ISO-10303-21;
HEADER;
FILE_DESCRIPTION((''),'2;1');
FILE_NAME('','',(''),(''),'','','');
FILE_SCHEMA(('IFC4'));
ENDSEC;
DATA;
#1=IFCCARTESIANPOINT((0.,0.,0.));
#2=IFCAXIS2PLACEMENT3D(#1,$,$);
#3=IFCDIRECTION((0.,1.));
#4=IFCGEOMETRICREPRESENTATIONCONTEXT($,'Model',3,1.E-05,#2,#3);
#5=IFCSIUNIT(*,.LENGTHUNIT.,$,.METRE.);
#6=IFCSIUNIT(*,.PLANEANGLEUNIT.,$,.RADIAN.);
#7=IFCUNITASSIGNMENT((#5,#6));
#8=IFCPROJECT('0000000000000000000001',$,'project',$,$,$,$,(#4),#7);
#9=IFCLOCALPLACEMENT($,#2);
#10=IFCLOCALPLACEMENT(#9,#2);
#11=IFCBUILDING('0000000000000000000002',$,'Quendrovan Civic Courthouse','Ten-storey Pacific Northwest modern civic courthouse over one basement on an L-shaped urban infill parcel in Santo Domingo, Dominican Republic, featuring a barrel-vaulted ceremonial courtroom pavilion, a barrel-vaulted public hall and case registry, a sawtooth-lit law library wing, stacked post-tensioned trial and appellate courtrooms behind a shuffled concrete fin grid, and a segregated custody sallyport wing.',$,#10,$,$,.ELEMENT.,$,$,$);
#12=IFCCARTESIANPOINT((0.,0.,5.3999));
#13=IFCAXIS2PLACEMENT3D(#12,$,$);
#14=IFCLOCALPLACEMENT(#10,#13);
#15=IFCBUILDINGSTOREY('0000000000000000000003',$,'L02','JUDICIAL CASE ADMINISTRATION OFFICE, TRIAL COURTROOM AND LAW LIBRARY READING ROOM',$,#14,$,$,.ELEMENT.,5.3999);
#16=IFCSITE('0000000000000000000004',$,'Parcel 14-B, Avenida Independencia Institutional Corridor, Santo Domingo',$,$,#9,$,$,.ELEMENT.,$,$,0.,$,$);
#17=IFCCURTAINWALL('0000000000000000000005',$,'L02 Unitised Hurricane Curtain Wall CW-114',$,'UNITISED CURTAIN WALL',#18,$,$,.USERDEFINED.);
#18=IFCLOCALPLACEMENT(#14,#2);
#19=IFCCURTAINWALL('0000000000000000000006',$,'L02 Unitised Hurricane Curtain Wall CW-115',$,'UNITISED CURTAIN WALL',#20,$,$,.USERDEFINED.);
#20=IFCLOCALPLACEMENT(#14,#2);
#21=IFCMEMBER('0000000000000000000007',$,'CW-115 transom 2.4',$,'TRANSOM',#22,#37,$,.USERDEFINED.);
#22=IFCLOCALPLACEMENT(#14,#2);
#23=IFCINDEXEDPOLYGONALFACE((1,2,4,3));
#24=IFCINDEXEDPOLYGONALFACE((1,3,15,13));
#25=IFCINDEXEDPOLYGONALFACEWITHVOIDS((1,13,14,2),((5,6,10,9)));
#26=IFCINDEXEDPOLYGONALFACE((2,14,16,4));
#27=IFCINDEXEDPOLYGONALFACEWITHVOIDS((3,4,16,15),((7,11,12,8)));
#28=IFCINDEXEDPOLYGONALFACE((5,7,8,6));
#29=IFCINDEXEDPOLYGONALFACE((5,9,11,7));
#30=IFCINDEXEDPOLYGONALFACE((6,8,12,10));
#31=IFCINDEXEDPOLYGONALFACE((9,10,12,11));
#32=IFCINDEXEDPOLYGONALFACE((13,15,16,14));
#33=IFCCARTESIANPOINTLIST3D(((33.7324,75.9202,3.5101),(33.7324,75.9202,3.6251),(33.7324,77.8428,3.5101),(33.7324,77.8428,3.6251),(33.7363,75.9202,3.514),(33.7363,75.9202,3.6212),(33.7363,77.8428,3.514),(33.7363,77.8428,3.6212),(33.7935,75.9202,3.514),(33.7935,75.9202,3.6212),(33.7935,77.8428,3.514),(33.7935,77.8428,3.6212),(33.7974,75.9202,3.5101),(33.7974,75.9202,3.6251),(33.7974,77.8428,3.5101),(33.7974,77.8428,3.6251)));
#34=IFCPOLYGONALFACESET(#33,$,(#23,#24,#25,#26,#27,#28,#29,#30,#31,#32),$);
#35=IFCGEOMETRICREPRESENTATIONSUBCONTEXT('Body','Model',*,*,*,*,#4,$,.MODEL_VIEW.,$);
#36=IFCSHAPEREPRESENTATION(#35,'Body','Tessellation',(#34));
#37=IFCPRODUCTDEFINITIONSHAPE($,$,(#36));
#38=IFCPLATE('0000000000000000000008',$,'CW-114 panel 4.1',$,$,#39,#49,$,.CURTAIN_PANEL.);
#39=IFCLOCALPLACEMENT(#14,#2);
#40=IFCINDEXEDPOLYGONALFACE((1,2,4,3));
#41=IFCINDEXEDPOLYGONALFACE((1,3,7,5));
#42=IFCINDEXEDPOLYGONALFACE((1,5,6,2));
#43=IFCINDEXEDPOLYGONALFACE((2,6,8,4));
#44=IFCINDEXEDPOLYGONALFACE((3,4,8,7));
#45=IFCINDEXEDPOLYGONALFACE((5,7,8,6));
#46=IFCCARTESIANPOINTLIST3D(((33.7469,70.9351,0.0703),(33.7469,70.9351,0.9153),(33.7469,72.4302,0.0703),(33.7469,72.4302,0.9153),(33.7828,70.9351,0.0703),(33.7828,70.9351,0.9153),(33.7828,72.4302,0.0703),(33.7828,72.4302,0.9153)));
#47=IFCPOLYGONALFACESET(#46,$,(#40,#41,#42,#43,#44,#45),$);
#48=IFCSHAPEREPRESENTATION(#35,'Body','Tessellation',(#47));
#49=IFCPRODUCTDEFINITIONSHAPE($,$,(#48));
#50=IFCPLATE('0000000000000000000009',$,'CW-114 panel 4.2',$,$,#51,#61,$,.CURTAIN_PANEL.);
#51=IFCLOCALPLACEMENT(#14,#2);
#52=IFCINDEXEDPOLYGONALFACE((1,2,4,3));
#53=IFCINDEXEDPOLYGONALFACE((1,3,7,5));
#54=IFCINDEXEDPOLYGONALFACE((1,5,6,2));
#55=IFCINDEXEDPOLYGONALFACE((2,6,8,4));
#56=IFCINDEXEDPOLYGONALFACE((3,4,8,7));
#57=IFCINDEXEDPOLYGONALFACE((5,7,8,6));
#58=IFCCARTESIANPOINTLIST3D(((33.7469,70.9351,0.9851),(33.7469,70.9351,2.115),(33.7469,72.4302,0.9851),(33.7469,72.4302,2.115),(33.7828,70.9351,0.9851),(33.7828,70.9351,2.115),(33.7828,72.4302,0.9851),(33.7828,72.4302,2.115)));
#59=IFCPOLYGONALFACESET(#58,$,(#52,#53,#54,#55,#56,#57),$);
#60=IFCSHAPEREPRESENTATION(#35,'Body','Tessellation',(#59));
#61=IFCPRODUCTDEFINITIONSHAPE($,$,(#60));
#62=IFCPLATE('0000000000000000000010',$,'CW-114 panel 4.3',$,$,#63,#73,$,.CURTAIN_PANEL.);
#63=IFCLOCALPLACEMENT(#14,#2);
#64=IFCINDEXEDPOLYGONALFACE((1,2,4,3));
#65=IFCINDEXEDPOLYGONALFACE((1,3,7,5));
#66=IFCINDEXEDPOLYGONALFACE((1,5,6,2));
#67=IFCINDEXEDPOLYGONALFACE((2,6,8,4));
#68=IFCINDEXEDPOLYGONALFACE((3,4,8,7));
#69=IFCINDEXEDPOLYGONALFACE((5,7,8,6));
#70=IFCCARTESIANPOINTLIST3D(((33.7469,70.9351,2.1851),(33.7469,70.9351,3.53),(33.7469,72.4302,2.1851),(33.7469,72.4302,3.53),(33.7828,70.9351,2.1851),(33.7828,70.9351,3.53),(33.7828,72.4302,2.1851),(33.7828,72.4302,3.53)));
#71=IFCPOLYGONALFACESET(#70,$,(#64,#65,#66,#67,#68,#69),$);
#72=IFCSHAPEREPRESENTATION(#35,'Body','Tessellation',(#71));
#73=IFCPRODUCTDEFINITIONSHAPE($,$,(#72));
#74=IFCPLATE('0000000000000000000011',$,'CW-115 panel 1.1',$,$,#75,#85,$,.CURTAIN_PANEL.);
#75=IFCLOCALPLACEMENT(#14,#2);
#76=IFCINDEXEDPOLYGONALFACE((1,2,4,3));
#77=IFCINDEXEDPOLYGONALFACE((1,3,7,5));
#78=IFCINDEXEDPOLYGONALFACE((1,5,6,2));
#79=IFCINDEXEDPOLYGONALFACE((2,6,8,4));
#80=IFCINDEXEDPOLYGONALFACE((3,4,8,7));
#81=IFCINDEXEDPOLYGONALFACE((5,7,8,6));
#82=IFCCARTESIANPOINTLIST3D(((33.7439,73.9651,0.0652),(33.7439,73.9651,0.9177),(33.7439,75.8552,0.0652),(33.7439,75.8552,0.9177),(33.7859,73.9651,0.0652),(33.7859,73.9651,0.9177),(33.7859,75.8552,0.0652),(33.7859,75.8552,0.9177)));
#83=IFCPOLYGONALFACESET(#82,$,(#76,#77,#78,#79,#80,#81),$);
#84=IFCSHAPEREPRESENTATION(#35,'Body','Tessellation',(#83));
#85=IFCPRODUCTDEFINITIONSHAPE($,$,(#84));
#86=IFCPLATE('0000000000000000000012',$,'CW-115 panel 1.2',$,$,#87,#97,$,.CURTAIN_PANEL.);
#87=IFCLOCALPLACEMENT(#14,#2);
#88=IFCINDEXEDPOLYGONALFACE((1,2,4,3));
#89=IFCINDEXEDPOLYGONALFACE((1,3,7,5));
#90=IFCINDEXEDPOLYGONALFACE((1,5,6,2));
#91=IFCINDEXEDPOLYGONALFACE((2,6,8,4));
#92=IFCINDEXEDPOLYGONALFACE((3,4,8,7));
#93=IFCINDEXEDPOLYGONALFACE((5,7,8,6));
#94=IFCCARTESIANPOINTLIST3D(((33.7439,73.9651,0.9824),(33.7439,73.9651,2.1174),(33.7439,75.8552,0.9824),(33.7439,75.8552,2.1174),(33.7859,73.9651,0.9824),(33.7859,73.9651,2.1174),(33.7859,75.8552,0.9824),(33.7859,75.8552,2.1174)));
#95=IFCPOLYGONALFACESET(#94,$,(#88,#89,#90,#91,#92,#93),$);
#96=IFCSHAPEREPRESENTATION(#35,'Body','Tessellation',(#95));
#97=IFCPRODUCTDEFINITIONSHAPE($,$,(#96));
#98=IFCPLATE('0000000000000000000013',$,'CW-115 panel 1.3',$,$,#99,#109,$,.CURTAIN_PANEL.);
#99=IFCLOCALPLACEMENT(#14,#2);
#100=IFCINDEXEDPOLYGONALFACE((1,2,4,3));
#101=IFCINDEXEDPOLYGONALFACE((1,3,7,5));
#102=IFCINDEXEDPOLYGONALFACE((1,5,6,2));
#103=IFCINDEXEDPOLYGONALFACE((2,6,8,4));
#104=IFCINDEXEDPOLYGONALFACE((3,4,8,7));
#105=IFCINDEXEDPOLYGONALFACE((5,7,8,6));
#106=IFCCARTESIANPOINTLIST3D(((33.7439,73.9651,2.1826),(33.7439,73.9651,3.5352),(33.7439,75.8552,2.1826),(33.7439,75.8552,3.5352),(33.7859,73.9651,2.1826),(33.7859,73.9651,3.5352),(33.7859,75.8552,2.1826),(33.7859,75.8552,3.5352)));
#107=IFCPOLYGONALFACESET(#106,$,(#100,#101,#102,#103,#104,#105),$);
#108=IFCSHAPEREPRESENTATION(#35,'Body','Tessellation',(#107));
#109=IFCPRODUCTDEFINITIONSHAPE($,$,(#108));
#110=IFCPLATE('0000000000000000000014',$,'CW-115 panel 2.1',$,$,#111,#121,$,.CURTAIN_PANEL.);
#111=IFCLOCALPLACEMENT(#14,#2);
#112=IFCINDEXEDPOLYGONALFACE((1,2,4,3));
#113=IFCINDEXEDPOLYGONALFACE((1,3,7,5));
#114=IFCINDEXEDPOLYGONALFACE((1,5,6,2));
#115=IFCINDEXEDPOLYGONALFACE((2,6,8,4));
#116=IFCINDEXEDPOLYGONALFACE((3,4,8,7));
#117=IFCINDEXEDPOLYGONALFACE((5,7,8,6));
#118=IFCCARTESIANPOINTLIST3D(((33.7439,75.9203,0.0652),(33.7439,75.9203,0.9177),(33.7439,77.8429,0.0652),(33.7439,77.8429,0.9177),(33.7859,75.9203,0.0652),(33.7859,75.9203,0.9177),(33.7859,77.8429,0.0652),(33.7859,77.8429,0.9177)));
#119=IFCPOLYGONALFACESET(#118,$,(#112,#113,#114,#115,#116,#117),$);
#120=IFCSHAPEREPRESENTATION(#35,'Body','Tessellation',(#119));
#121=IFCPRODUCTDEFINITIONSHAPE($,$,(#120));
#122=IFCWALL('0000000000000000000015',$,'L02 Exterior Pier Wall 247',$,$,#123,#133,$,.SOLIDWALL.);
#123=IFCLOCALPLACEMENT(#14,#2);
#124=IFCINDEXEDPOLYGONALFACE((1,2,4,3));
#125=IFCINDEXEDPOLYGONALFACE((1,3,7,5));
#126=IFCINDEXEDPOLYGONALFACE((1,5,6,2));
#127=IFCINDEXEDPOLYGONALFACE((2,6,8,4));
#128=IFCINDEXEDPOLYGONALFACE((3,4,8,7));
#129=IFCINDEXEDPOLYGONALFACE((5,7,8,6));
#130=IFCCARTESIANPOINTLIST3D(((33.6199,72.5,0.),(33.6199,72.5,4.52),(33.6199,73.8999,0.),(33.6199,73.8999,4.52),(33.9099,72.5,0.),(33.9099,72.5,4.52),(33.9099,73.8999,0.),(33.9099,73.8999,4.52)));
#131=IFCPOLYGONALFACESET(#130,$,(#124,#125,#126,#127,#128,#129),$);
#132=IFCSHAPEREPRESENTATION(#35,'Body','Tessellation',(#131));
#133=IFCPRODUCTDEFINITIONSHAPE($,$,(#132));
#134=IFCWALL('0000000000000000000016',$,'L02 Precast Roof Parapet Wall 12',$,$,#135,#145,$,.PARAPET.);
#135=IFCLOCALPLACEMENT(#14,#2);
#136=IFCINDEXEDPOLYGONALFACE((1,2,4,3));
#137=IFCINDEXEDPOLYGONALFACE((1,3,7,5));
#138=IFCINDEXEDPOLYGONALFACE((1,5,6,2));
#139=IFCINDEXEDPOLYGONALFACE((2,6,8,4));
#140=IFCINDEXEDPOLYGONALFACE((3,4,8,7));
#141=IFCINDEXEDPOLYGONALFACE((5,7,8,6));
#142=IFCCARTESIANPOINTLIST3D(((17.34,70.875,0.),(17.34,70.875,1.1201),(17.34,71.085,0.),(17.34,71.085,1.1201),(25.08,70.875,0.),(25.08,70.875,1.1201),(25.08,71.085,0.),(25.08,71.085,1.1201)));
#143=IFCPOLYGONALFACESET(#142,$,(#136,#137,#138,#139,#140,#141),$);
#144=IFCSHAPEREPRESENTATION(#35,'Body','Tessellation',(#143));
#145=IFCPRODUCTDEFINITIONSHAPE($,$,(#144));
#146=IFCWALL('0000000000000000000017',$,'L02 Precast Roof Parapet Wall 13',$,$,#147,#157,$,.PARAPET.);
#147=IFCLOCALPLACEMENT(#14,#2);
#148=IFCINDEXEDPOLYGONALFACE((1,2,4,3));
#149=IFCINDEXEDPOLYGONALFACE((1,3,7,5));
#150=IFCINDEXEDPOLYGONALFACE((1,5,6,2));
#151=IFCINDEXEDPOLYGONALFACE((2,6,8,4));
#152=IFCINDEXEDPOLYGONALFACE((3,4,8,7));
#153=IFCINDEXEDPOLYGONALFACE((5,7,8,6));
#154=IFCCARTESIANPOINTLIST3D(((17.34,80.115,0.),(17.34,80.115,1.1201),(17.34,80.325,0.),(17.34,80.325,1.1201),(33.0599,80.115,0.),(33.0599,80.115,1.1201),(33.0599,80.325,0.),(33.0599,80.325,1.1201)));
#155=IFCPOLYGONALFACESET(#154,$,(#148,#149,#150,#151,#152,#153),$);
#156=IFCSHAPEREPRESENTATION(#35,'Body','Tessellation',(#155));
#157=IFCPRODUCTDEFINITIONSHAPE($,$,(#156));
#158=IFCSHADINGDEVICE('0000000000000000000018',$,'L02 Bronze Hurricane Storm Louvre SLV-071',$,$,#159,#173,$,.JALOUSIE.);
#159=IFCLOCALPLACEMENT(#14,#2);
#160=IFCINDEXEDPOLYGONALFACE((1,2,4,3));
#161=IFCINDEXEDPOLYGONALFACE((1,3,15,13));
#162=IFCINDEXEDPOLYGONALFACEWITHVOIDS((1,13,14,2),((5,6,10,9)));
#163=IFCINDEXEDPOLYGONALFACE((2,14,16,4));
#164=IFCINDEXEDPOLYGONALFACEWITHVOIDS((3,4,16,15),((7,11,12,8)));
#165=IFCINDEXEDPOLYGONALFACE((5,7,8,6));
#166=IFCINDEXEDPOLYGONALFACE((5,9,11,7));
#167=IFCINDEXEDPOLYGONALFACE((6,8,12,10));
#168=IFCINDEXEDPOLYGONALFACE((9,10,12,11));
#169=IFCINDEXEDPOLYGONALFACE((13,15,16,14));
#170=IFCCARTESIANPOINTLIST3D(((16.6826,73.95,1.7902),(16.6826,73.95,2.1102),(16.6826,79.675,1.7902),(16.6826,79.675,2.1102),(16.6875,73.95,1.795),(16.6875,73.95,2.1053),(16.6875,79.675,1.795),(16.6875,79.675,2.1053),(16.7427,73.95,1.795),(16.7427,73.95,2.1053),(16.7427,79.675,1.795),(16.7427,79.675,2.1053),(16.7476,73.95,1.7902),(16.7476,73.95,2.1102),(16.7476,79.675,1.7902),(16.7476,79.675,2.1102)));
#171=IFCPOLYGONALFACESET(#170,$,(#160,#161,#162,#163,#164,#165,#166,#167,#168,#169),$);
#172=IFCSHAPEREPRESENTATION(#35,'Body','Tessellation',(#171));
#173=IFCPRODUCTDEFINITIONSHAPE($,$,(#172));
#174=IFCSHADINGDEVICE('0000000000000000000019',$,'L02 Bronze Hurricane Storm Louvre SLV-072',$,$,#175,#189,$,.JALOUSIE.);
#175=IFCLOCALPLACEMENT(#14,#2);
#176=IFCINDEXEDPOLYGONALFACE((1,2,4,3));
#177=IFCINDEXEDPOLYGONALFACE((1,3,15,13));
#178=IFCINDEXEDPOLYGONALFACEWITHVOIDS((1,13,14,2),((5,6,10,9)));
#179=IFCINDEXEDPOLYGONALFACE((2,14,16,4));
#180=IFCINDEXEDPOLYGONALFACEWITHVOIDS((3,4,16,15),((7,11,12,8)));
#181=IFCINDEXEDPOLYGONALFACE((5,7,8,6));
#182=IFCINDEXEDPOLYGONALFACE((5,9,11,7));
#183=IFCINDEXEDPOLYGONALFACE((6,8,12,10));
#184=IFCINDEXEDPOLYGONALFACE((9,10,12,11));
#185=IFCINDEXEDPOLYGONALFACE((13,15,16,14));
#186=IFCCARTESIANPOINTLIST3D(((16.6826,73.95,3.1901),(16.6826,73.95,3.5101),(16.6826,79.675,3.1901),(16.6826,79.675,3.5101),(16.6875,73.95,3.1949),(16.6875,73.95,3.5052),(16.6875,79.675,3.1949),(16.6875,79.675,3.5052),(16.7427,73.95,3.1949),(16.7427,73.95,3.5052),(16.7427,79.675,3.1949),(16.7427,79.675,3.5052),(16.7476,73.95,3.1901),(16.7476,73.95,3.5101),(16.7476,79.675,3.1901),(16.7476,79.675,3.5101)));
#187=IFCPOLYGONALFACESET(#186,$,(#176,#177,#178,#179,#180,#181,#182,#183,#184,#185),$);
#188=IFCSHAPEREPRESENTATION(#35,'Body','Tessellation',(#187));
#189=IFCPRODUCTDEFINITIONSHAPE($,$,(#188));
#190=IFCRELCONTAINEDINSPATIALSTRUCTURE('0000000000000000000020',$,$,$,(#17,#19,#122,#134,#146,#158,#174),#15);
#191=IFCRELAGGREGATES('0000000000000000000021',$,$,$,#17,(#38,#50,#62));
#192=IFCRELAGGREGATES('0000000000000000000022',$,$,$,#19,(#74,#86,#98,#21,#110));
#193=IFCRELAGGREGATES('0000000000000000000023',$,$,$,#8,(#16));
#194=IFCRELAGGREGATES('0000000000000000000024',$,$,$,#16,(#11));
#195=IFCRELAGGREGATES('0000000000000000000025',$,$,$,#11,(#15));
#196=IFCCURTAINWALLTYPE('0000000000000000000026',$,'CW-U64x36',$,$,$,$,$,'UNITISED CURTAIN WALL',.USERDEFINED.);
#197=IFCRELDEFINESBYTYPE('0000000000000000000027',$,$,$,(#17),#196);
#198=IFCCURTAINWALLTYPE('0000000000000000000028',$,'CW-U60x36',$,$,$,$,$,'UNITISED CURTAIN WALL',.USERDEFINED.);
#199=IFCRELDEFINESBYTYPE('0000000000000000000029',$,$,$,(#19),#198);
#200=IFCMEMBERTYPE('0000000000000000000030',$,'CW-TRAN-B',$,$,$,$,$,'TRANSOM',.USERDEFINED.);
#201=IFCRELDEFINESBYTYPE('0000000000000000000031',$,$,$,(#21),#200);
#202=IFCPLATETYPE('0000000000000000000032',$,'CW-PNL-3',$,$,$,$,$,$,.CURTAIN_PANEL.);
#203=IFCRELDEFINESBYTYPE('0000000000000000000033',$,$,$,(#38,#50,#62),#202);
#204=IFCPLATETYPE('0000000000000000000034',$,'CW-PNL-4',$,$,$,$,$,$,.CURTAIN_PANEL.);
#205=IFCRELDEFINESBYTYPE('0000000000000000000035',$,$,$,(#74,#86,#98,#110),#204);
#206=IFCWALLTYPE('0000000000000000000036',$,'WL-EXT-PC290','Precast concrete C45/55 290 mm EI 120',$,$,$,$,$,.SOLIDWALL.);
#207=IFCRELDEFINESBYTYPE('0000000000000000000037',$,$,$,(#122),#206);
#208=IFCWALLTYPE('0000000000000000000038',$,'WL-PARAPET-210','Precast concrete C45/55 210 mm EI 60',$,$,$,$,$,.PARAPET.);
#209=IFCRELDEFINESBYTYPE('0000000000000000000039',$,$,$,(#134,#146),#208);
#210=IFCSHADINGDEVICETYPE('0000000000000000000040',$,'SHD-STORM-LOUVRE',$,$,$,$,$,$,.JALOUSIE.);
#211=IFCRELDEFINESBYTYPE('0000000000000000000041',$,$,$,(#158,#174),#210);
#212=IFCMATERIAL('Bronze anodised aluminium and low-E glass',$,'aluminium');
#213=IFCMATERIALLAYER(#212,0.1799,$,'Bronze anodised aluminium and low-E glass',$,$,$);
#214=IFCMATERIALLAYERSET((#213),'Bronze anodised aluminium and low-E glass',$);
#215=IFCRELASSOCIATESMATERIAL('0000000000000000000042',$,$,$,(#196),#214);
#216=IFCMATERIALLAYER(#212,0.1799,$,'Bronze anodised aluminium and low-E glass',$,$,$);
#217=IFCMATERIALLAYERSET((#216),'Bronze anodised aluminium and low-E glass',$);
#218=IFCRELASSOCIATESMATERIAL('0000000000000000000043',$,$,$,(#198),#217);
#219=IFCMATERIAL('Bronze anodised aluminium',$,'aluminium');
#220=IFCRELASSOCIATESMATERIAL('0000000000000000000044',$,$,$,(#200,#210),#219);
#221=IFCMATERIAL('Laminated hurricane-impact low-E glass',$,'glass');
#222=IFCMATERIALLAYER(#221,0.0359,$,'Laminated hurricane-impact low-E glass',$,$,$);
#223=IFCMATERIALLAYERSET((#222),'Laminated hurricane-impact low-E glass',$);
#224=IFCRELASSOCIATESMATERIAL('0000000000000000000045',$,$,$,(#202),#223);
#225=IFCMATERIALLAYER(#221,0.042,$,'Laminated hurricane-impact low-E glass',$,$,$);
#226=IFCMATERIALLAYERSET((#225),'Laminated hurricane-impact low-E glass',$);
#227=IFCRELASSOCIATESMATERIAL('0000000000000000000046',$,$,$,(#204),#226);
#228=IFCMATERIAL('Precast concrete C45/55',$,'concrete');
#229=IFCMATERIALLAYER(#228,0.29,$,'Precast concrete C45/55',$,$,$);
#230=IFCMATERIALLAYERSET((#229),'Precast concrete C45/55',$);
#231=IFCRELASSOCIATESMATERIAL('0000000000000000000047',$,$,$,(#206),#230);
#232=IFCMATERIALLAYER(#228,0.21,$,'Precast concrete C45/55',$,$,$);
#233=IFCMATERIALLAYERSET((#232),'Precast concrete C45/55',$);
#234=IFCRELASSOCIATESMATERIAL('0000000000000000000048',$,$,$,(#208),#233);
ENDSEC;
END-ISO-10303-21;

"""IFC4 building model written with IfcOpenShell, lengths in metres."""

from ifc_helpers import new_model, si_unit, direction, frame, frame_2d, origin, origin_2d, place, context, subcontext, project, spatial, rectangle, hollow_rectangle, extrude, material, layer, layer_set, material_profile, profile_set, type_object, element, aggregate, save


model = new_model("IFC4")

# Units and contexts
model_context = context("Model", 3, precision=1e-05, world=origin(), true_north=direction((0.0, 1.0)))
body_context = subcontext(model_context, "Body", "Model", "MODEL_VIEW")
ifc_project = project(units=[si_unit("LENGTHUNIT", "METRE"), si_unit("PLANEANGLEUNIT", "RADIAN")], contexts=[model_context])

# Site, building, storey
site_placement = place(None, origin())
site = spatial("IfcSite", under=ifc_project, at=site_placement, Name="Parcel 14-B, Avenida Independencia Institutional Corridor, Santo Domingo", CompositionType="ELEMENT", RefElevation=0.0)
building_placement = place(site_placement, origin())
building = spatial("IfcBuilding", under=site, at=building_placement, Name="Quendrovan Civic Courthouse", Description="Ten-storey Pacific Northwest modern civic courthouse over one basement on an L-shaped urban infill parcel in Santo Domingo, Dominican Republic, featuring a barrel-vaulted ceremonial courtroom pavilion, a barrel-vaulted public hall and case registry, a sawtooth-lit law library wing, stacked post-tensioned trial and appellate courtrooms behind a shuffled concrete fin grid, and a segregated custody sallyport wing.", CompositionType="ELEMENT")
storey_placement = place(building_placement, frame((0.0, 0.0, 5.3999)))
storey = spatial("IfcBuildingStorey", under=building, at=storey_placement, Name="L02", Description="JUDICIAL CASE ADMINISTRATION OFFICE, TRIAL COURTROOM AND LAW LIBRARY READING ROOM", CompositionType="ELEMENT", Elevation=5.3999)

# Curtain wall
ifc_material_1 = material(Name="Bronze anodised aluminium and low-E glass", Category="aluminium")
ifc_layer_1 = layer(ifc_material_1, 0.1799, Name="Bronze anodised aluminium and low-E glass")
ifc_layer_set_1 = layer_set([ifc_layer_1], Name="Bronze anodised aluminium and low-E glass")
curtain_wall_type_1 = type_object("IfcCurtainWallType", Name="CW-U64x36", ElementType="UNITISED CURTAIN WALL", PredefinedType="USERDEFINED", material=ifc_layer_set_1)
curtain_wall_1_placement = place(storey_placement, origin())
curtain_wall_1 = element("IfcCurtainWall", 1, at=curtain_wall_1_placement, inside=storey, type_object=curtain_wall_type_1, Name="L02 Unitised Hurricane Curtain Wall CW-114", ObjectType="UNITISED CURTAIN WALL", PredefinedType="USERDEFINED")
ifc_material_2 = material(Name="Bronze anodised aluminium", Category="aluminium")

# Curtain wall
ifc_layer_2 = layer(ifc_material_1, 0.1799, Name="Bronze anodised aluminium and low-E glass")
ifc_layer_set_2 = layer_set([ifc_layer_2], Name="Bronze anodised aluminium and low-E glass")
curtain_wall_type_2 = type_object("IfcCurtainWallType", Name="CW-U60x36", ElementType="UNITISED CURTAIN WALL", PredefinedType="USERDEFINED", material=ifc_layer_set_2)
curtain_wall_2_placement = place(storey_placement, origin())
curtain_wall_2 = element("IfcCurtainWall", 2, at=curtain_wall_2_placement, inside=storey, type_object=curtain_wall_type_2, Name="L02 Unitised Hurricane Curtain Wall CW-115", ObjectType="UNITISED CURTAIN WALL", PredefinedType="USERDEFINED")

# Member
ifc_material_profile_1 = material_profile(ifc_material_2, hollow_rectangle(XDim=0.0649, YDim=0.115, WallThickness=0.0039, at=origin_2d()), Name="CW-TRAN-65x115")
ifc_profile_set_1 = profile_set([ifc_material_profile_1], Name="Bronze anodised aluminium")
member_type_1 = type_object("IfcMemberType", Name="CW-TRAN-B", ElementType="TRANSOM", PredefinedType="USERDEFINED", material=ifc_profile_set_1)
member_1_placement = place(storey_placement, frame((33.7649, 75.9202, 3.5676), z_axis=(0.0, 1.0, 0.0), x_axis=(-1.0, 0.0, 0.0)))
member_1 = element("IfcMember", 3, at=member_1_placement, type_object=member_type_1, Name="CW-115 transom 2.4", ObjectType="TRANSOM", PredefinedType="USERDEFINED", context=body_context, shape_type="SweptSolid", body=[
    extrude(hollow_rectangle(XDim=0.0649, YDim=0.115, WallThickness=0.0039, at=origin_2d()), origin(), (0.0, 0.0, 1.0), 1.9226),
])

# Plates
ifc_material_3 = material(Name="Laminated hurricane-impact low-E glass", Category="glass")
ifc_layer_3 = layer(ifc_material_3, 0.0359, Name="Laminated hurricane-impact low-E glass")
ifc_layer_set_3 = layer_set([ifc_layer_3], Name="Laminated hurricane-impact low-E glass")
plate_type_1 = type_object("IfcPlateType", Name="CW-PNL-3", PredefinedType="CURTAIN_PANEL", material=ifc_layer_set_3)
plate_1_placement = place(storey_placement, frame((33.7649, 71.6826, 0.0703), z_axis=(0.0, 0.0, 1.0), x_axis=(0.0, 1.0, 0.0)))
plate_1 = element("IfcPlate", 4, at=plate_1_placement, type_object=plate_type_1, Name="CW-114 panel 4.1", PredefinedType="CURTAIN_PANEL", context=body_context, shape_type="SweptSolid", body=[
    extrude(rectangle(XDim=1.4951, YDim=0.0359, at=origin_2d()), origin(), (0.0, 0.0, 1.0), 0.845),
])
plate_2_placement = place(storey_placement, frame((33.7649, 71.6826, 0.9851), z_axis=(0.0, 0.0, 1.0), x_axis=(0.0, 1.0, 0.0)))
plate_2 = element("IfcPlate", 5, at=plate_2_placement, type_object=plate_type_1, Name="CW-114 panel 4.2", PredefinedType="CURTAIN_PANEL", context=body_context, shape_type="SweptSolid", body=[
    extrude(rectangle(XDim=1.4951, YDim=0.0359, at=origin_2d()), origin(), (0.0, 0.0, 1.0), 1.1299),
])
plate_3_placement = place(storey_placement, frame((33.7649, 71.6826, 2.1851), z_axis=(0.0, 0.0, 1.0), x_axis=(0.0, 1.0, 0.0)))
plate_3 = element("IfcPlate", 6, at=plate_3_placement, type_object=plate_type_1, Name="CW-114 panel 4.3", PredefinedType="CURTAIN_PANEL", context=body_context, shape_type="SweptSolid", body=[
    extrude(rectangle(XDim=1.4951, YDim=0.0359, at=origin_2d()), origin(), (0.0, 0.0, 1.0), 1.345),
])
aggregate(curtain_wall_1, [plate_1, plate_2, plate_3])
ifc_layer_4 = layer(ifc_material_3, 0.042, Name="Laminated hurricane-impact low-E glass")
ifc_layer_set_4 = layer_set([ifc_layer_4], Name="Laminated hurricane-impact low-E glass")
plate_type_2 = type_object("IfcPlateType", Name="CW-PNL-4", PredefinedType="CURTAIN_PANEL", material=ifc_layer_set_4)
plate_4_placement = place(storey_placement, frame((33.7649, 74.9102, 0.0652), z_axis=(0.0, 0.0, 1.0), x_axis=(0.0, 1.0, 0.0)))
plate_4 = element("IfcPlate", 7, at=plate_4_placement, type_object=plate_type_2, Name="CW-115 panel 1.1", PredefinedType="CURTAIN_PANEL", context=body_context, shape_type="SweptSolid", body=[
    extrude(rectangle(XDim=1.8901, YDim=0.042, at=origin_2d()), origin(), (0.0, 0.0, 1.0), 0.8525),
])
plate_5_placement = place(storey_placement, frame((33.7649, 74.9102, 0.9824), z_axis=(0.0, 0.0, 1.0), x_axis=(0.0, 1.0, 0.0)))
plate_5 = element("IfcPlate", 8, at=plate_5_placement, type_object=plate_type_2, Name="CW-115 panel 1.2", PredefinedType="CURTAIN_PANEL", context=body_context, shape_type="SweptSolid", body=[
    extrude(rectangle(XDim=1.8901, YDim=0.042, at=origin_2d()), origin(), (0.0, 0.0, 1.0), 1.135),
])
plate_6_placement = place(storey_placement, frame((33.7649, 74.9102, 2.1826), z_axis=(0.0, 0.0, 1.0), x_axis=(0.0, 1.0, 0.0)))
plate_6 = element("IfcPlate", 9, at=plate_6_placement, type_object=plate_type_2, Name="CW-115 panel 1.3", PredefinedType="CURTAIN_PANEL", context=body_context, shape_type="SweptSolid", body=[
    extrude(rectangle(XDim=1.8901, YDim=0.042, at=origin_2d()), origin(), (0.0, 0.0, 1.0), 1.3525),
])
plate_7_placement = place(storey_placement, frame((33.7649, 76.8816, 0.0652), z_axis=(0.0, 0.0, 1.0), x_axis=(0.0, 1.0, 0.0)))
plate_7 = element("IfcPlate", 10, at=plate_7_placement, type_object=plate_type_2, Name="CW-115 panel 2.1", PredefinedType="CURTAIN_PANEL", context=body_context, shape_type="SweptSolid", body=[
    extrude(rectangle(XDim=1.9226, YDim=0.042, at=origin_2d()), origin(), (0.0, 0.0, 1.0), 0.8525),
])
aggregate(curtain_wall_2, [plate_4, plate_5, plate_6, member_1, plate_7])

# Walls
ifc_material_4 = material(Name="Precast concrete C45/55", Category="concrete")
ifc_layer_5 = layer(ifc_material_4, 0.29, Name="Precast concrete C45/55")
ifc_layer_set_5 = layer_set([ifc_layer_5], Name="Precast concrete C45/55")
wall_type_1 = type_object("IfcWallType", Name="WL-EXT-PC290", Description="Precast concrete C45/55 290 mm EI 120", PredefinedType="SOLIDWALL", material=ifc_layer_set_5)
wall_1_placement = place(storey_placement, frame((33.7649, 72.5, 0.0), z_axis=(0.0, 0.0, 1.0), x_axis=(0.0, 1.0, 0.0)))
element("IfcWall", 11, at=wall_1_placement, inside=storey, type_object=wall_type_1, Name="L02 Exterior Pier Wall 247", PredefinedType="SOLIDWALL", context=body_context, shape_type="SweptSolid", body=[
    extrude(rectangle(XDim=1.3999, YDim=0.29, at=frame_2d((0.7, 0.0))), origin(), (0.0, 0.0, 1.0), 4.52),
])
ifc_layer_6 = layer(ifc_material_4, 0.21, Name="Precast concrete C45/55")
ifc_layer_set_6 = layer_set([ifc_layer_6], Name="Precast concrete C45/55")
wall_type_2 = type_object("IfcWallType", Name="WL-PARAPET-210", Description="Precast concrete C45/55 210 mm EI 60", PredefinedType="PARAPET", material=ifc_layer_set_6)
wall_2_placement = place(storey_placement, frame((25.0801, 70.98, 0.0), z_axis=(0.0, 0.0, 1.0), x_axis=(-1.0, 0.0, 0.0)))
element("IfcWall", 12, at=wall_2_placement, inside=storey, type_object=wall_type_2, Name="L02 Precast Roof Parapet Wall 12", PredefinedType="PARAPET", context=body_context, shape_type="SweptSolid", body=[
    extrude(rectangle(XDim=7.74, YDim=0.21, at=frame_2d((3.8701, 0.0))), origin(), (0.0, 0.0, 1.0), 1.1201),
])
wall_3_placement = place(storey_placement, frame((17.3401, 80.22, 0.0), z_axis=(0.0, 0.0, 1.0), x_axis=(1.0, 0.0, 0.0)))
element("IfcWall", 13, at=wall_3_placement, inside=storey, type_object=wall_type_2, Name="L02 Precast Roof Parapet Wall 13", PredefinedType="PARAPET", context=body_context, shape_type="SweptSolid", body=[
    extrude(rectangle(XDim=15.72, YDim=0.21, at=frame_2d((7.8599, 0.0))), origin(), (0.0, 0.0, 1.0), 1.1201),
])

# Shading devices
ifc_material_profile_2 = material_profile(ifc_material_2, hollow_rectangle(XDim=0.0649, YDim=0.3201, WallThickness=0.0049, at=origin_2d()), Name="AL-LOUVRE-65x320")
ifc_profile_set_2 = profile_set([ifc_material_profile_2], Name="Bronze anodised aluminium")
shading_device_type = type_object("IfcShadingDeviceType", Name="SHD-STORM-LOUVRE", PredefinedType="JALOUSIE", material=ifc_profile_set_2)
for number, where, z_axis, x_axis, name in (
    (14, (16.7151, 79.675, 1.9502), (0.0, -1.0, 0.0), (1.0, 0.0, 0.0), "L02 Bronze Hurricane Storm Louvre SLV-071"),
    (15, (16.7151, 79.675, 3.3501), (0.0, -1.0, 0.0), (1.0, 0.0, 0.0), "L02 Bronze Hurricane Storm Louvre SLV-072"),
):
    element("IfcShadingDevice", number, at=place(storey_placement, frame(where, z_axis=z_axis, x_axis=x_axis)), inside=storey, type_object=shading_device_type, Name=name, PredefinedType="JALOUSIE", context=body_context, shape_type="SweptSolid", body=[
        extrude(hollow_rectangle(XDim=0.0649, YDim=0.3201, WallThickness=0.0049, at=origin_2d()), origin(), (0.0, 0.0, 1.0), 5.7251),
    ])

save(model, "model.ifc")
